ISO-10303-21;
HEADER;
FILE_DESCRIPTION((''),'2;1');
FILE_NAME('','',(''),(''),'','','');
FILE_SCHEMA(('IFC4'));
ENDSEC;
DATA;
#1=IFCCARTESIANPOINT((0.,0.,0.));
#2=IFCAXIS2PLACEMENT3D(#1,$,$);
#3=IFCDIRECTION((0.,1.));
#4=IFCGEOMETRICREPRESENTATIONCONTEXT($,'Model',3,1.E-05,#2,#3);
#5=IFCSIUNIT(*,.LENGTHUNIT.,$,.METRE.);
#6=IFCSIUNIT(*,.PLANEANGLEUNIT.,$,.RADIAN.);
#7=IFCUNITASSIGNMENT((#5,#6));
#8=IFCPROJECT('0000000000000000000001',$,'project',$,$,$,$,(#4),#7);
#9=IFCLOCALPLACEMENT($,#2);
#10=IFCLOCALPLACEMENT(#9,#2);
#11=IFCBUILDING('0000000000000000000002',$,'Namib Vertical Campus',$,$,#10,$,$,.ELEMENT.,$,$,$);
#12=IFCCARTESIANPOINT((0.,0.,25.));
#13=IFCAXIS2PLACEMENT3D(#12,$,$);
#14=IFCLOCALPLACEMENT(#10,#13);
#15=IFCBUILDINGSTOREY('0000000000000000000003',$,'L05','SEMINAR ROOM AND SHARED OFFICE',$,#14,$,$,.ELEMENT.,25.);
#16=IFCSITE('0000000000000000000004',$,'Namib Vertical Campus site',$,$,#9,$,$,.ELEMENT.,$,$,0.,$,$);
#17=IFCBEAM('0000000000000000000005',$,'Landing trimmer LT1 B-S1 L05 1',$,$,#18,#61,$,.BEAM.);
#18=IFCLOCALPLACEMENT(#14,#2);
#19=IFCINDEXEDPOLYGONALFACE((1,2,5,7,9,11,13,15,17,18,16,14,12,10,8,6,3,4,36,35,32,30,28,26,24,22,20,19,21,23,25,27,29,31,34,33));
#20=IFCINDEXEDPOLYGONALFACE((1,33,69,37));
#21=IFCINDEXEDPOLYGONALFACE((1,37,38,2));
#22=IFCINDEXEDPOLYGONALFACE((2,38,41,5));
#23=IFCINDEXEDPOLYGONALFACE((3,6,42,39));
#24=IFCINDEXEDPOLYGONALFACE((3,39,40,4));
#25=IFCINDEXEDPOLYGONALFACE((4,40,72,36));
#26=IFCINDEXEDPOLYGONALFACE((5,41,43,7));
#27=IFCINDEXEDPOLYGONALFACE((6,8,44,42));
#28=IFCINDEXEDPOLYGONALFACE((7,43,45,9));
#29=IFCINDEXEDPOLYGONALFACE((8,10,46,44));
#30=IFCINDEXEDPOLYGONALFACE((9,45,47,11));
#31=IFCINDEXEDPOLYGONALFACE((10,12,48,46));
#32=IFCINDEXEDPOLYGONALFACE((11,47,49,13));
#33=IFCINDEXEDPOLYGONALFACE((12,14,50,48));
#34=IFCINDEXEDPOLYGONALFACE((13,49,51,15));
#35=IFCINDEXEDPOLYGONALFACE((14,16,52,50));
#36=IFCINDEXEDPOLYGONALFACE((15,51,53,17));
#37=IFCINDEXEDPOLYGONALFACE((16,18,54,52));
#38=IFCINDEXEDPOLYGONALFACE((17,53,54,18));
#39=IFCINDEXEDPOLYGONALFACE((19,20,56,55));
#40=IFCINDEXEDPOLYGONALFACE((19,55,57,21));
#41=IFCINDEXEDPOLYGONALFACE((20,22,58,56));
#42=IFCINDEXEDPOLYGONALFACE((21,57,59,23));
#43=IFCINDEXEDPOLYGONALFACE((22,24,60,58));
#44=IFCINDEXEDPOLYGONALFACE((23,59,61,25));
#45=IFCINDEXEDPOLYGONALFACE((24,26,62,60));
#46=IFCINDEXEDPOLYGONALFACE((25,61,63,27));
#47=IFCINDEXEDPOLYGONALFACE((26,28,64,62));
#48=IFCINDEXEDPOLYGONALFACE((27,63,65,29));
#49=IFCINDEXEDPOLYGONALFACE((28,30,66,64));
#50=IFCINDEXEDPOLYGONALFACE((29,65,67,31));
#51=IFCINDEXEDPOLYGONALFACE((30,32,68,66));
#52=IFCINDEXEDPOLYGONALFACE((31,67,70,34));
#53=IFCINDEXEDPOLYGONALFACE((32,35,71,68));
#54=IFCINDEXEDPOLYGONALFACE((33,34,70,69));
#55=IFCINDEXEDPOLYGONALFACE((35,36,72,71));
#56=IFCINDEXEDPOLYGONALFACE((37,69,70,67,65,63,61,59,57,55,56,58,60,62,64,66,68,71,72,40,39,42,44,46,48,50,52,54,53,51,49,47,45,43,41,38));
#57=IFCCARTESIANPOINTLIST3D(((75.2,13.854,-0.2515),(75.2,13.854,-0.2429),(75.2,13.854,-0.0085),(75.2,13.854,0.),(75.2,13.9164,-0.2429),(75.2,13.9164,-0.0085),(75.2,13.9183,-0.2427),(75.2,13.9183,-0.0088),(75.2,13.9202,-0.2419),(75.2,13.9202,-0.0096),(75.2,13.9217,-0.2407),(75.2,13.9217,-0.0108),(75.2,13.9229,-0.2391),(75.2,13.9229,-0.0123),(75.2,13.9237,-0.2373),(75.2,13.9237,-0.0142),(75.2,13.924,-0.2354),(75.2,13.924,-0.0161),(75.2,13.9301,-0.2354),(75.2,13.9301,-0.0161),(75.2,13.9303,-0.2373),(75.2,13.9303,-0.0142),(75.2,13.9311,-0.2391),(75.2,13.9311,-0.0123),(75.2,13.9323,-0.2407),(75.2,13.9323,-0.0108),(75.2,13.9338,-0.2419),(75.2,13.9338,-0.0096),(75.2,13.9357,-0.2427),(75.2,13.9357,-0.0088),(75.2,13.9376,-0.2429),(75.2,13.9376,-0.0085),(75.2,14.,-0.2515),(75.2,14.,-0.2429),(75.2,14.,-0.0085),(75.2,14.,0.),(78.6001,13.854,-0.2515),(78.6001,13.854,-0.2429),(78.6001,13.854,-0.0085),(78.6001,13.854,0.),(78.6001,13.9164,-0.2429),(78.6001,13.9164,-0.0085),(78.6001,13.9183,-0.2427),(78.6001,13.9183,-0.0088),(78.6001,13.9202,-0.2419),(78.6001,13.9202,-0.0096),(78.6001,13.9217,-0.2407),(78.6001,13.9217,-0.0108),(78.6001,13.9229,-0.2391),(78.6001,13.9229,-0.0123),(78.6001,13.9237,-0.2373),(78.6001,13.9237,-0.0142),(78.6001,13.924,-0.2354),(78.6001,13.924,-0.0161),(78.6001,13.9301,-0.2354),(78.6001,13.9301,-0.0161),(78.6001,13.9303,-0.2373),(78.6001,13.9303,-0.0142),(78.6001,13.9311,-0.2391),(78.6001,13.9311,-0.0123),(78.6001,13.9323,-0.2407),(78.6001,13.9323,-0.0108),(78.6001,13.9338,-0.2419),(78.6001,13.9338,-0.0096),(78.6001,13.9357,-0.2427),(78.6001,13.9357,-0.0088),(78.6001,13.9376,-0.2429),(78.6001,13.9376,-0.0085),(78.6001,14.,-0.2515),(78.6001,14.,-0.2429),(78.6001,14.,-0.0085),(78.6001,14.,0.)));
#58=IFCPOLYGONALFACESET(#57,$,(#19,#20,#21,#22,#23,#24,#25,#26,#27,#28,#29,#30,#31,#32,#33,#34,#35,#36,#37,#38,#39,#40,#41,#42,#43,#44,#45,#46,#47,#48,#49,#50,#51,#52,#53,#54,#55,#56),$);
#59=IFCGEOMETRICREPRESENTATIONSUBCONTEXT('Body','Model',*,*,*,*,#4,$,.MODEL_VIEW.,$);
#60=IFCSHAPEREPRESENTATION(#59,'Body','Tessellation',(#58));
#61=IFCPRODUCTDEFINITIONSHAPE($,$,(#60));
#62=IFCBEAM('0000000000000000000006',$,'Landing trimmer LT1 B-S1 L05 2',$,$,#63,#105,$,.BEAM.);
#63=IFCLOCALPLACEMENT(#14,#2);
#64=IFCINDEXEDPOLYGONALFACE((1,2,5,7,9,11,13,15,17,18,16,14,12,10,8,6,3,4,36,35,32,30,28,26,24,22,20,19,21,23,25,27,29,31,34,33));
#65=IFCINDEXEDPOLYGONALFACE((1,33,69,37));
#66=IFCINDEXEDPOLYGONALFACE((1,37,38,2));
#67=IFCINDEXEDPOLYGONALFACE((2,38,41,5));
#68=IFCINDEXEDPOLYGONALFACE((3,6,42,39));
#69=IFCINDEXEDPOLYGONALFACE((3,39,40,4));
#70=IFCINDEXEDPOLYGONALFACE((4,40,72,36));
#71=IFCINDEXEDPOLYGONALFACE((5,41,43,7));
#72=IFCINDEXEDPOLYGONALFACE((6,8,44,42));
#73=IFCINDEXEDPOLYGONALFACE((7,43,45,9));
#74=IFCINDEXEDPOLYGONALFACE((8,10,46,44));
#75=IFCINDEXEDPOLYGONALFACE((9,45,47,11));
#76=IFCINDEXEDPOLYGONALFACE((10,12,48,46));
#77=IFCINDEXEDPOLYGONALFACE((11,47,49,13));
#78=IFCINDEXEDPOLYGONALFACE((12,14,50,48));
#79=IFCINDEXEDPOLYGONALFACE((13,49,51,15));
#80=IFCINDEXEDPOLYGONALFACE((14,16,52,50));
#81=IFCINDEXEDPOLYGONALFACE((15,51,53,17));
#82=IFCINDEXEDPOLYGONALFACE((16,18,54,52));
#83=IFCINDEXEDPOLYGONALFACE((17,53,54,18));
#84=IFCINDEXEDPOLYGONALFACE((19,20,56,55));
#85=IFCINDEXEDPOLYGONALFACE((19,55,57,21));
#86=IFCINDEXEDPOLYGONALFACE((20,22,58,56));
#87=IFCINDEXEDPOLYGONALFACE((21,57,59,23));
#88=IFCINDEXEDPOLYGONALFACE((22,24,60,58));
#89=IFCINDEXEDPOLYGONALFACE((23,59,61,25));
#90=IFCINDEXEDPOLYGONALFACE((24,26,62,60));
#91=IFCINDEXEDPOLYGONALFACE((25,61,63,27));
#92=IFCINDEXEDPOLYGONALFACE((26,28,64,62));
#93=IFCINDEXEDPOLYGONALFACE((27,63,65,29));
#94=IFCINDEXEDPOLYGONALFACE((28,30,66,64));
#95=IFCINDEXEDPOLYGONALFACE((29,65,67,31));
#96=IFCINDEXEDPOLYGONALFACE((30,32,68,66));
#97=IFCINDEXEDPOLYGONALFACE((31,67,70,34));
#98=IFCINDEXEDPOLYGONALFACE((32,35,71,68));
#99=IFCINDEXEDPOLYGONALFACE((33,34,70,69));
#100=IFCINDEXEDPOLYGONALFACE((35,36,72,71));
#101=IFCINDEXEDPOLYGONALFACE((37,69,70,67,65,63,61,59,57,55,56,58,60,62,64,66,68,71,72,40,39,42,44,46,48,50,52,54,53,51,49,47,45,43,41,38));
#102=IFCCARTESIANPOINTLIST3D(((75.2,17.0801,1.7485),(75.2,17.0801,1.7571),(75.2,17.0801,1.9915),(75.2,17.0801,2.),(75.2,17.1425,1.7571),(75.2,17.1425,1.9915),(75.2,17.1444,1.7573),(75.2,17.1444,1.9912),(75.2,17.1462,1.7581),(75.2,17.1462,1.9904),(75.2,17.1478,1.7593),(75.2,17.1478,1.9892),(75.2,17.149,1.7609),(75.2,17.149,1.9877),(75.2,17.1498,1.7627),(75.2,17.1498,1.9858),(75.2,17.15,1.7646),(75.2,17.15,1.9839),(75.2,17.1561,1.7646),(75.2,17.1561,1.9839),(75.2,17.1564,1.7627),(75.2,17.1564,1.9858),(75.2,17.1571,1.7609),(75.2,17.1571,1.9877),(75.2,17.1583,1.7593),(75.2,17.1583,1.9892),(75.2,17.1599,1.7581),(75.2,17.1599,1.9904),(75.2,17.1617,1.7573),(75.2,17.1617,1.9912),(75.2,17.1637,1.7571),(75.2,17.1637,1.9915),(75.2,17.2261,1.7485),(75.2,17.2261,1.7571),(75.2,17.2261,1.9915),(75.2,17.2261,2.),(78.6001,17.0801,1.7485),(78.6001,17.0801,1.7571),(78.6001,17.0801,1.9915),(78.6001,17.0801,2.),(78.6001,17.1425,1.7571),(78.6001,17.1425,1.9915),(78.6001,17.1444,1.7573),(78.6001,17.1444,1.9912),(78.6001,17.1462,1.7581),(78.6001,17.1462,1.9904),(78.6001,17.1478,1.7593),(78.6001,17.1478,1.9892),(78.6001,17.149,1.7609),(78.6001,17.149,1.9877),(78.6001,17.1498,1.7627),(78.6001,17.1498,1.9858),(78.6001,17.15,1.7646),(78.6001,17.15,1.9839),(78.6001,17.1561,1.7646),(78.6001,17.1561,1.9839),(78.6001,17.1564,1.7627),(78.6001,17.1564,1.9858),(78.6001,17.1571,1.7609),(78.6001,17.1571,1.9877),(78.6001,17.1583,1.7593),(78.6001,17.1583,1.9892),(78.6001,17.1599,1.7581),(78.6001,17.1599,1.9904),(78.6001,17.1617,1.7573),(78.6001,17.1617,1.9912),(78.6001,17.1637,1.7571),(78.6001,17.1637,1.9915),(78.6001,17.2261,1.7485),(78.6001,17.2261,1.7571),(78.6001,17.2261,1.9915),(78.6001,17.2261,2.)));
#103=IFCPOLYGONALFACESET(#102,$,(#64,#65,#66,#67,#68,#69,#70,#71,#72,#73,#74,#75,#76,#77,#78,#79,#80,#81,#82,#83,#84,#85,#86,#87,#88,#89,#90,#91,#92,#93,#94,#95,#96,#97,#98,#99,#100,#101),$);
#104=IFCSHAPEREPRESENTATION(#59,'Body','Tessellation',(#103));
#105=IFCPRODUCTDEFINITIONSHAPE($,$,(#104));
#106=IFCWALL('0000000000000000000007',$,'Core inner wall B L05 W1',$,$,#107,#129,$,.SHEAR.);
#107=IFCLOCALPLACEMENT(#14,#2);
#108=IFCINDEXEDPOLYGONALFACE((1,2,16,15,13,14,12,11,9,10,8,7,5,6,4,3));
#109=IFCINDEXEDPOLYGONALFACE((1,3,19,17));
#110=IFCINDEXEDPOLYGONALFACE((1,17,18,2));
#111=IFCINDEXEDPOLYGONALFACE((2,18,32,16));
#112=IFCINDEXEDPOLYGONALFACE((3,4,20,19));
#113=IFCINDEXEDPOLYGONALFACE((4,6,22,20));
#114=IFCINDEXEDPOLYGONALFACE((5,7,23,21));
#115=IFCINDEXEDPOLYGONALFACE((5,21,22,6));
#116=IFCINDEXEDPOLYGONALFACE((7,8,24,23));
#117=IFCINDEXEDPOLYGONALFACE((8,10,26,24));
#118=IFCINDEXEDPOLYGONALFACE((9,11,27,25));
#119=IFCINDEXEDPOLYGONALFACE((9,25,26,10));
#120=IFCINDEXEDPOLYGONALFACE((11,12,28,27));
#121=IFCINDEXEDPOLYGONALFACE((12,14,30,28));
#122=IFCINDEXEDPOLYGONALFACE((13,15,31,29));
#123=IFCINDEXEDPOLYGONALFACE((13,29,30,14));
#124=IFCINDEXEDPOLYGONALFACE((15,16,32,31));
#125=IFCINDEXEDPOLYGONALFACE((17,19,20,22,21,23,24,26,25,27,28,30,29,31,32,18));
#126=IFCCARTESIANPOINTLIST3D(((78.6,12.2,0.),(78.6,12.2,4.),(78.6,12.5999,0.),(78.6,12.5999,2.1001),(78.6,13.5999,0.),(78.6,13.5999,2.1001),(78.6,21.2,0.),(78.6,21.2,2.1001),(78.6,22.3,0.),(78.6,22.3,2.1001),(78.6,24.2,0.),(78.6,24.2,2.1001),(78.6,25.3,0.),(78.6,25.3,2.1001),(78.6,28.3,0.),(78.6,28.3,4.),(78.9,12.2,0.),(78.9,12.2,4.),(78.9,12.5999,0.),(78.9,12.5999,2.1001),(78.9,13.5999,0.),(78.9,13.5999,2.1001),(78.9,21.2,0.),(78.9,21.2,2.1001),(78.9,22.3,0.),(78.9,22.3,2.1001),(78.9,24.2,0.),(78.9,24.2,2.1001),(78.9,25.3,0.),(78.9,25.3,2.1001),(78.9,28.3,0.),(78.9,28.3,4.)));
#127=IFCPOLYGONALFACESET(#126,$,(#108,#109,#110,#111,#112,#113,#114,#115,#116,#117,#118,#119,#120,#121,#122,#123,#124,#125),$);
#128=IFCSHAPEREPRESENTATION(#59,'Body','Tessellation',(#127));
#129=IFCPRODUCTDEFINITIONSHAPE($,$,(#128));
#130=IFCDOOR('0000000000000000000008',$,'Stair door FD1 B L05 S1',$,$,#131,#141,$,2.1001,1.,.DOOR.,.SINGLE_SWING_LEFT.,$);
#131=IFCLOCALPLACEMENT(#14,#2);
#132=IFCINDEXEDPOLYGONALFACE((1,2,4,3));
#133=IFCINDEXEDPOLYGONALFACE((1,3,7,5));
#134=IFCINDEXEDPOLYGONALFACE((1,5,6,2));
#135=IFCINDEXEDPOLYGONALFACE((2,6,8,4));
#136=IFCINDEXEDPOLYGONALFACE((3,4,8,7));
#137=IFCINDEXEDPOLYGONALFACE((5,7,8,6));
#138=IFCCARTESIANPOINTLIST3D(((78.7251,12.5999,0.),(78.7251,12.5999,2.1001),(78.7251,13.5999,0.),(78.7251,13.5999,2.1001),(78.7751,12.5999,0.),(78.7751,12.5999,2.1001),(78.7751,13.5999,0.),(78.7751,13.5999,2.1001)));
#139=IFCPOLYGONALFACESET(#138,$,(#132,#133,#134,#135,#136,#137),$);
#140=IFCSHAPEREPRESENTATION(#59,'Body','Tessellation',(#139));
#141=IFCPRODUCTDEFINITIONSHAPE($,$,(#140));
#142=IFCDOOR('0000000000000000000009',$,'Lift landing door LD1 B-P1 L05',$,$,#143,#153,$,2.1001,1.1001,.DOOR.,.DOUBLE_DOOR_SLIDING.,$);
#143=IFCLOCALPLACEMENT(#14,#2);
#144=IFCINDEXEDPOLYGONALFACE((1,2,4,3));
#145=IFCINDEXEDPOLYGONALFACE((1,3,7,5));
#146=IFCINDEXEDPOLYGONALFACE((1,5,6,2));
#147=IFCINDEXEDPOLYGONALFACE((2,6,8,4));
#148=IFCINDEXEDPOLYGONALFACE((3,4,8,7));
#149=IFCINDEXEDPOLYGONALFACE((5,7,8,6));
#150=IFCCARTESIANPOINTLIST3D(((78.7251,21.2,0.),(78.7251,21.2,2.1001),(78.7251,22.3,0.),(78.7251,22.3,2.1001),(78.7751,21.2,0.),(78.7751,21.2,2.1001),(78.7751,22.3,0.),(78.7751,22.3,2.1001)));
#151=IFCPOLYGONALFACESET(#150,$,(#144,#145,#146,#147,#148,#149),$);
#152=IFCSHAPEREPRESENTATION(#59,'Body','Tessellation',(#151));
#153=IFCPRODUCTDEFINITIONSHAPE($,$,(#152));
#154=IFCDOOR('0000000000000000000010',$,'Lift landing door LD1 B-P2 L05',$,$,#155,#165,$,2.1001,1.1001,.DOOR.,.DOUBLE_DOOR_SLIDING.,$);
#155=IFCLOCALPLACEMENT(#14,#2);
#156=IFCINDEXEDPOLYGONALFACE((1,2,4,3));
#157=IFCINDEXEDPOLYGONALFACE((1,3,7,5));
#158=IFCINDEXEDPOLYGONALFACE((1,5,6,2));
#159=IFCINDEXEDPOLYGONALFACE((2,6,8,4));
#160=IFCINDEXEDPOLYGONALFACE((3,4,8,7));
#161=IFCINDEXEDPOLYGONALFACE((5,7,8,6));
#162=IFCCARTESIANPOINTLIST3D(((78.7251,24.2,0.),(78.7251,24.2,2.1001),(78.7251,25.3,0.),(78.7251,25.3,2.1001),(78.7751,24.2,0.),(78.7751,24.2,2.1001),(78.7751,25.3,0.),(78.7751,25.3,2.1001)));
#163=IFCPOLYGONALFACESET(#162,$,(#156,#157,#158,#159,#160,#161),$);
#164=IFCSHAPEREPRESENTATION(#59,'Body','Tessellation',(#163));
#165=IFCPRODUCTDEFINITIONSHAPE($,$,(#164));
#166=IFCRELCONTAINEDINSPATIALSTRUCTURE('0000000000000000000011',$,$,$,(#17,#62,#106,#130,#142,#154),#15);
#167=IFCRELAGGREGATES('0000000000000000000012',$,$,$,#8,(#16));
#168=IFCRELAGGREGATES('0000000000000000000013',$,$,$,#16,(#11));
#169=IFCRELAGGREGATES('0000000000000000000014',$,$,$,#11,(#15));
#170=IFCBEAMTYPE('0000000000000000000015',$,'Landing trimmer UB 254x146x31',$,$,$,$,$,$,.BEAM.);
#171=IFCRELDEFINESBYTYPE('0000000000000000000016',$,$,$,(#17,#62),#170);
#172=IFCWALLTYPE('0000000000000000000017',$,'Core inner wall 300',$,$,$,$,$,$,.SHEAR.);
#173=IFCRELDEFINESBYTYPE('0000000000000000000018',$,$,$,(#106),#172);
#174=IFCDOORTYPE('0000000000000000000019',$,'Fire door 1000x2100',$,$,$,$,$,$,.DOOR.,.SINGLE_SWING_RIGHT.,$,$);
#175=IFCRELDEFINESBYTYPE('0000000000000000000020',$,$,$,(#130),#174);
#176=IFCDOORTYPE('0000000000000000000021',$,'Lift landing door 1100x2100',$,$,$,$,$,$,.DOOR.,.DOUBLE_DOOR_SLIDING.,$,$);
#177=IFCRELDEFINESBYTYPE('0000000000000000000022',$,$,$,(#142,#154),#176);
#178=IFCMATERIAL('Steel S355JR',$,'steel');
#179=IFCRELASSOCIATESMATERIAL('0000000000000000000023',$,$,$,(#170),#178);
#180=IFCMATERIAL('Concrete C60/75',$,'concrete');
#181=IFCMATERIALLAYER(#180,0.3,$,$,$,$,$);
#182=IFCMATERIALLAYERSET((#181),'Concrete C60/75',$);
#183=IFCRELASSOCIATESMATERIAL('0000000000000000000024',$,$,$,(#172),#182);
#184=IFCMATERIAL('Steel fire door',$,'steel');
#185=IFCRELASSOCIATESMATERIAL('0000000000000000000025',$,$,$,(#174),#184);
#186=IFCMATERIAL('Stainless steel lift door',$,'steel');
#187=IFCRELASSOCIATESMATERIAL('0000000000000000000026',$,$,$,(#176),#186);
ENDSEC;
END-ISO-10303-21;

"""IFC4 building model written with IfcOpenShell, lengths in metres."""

from ifc_helpers import new_model, si_unit, direction, frame, frame_2d, origin, origin_2d, place, context, subcontext, project, spatial, rectangle, i_section, extrude, material, layer, layer_set, material_profile, profile_set, type_object, element, fill, save


model = new_model("IFC4")

# Units and contexts
model_context = context("Model", 3, precision=1e-05, world=origin(), true_north=direction((0.0, 1.0)))
body_context = subcontext(model_context, "Body", "Model", "MODEL_VIEW")
ifc_project = project(units=[si_unit("LENGTHUNIT", "METRE"), si_unit("PLANEANGLEUNIT", "RADIAN")], contexts=[model_context])

# Site, building, storey
site_placement = place(None, origin())
site = spatial("IfcSite", under=ifc_project, at=site_placement, Name="Namib Vertical Campus site", CompositionType="ELEMENT", RefElevation=0.0)
building_placement = place(site_placement, origin())
building = spatial("IfcBuilding", under=site, at=building_placement, Name="Namib Vertical Campus", CompositionType="ELEMENT")
storey_placement = place(building_placement, frame((0.0, 0.0, 25.0)))
storey = spatial("IfcBuildingStorey", under=building, at=storey_placement, Name="L05", Description="SEMINAR ROOM AND SHARED OFFICE", CompositionType="ELEMENT", Elevation=25.0)

# Beams
ifc_material_1 = material(Name="Steel S355JR", Category="steel")
ifc_material_profile = material_profile(ifc_material_1, i_section(OverallWidth=0.146, OverallDepth=0.2515, WebThickness=0.0061, FlangeThickness=0.0085, FilletRadius=0.0076, at=origin_2d()))
ifc_profile_set = profile_set([ifc_material_profile], Name="Steel S355JR")
beam_type = type_object("IfcBeamType", Name="Landing trimmer UB 254x146x31", PredefinedType="BEAM", material=ifc_profile_set)
for number, where, z_axis, x_axis, name in (
    (1, (75.2, 13.927, -0.1257), (1.0, 0.0, 0.0), (0.0, 1.0, 0.0), "Landing trimmer LT1 B-S1 L05 1"),
    (2, (75.2, 17.1531, 1.8743), (1.0, 0.0, 0.0), (0.0, 1.0, 0.0), "Landing trimmer LT1 B-S1 L05 2"),
):
    element("IfcBeam", number, at=place(storey_placement, frame(where, z_axis=z_axis, x_axis=x_axis)), inside=storey, type_object=beam_type, Name=name, PredefinedType="BEAM", context=body_context, shape_type="SweptSolid", body=[
        extrude(i_section(OverallWidth=0.146, OverallDepth=0.2515, WebThickness=0.0061, FlangeThickness=0.0085, FilletRadius=0.0076, at=origin_2d()), origin(), (0.0, 0.0, 1.0), 3.4001),
    ])

# Wall, openings, doors
ifc_material_2 = material(Name="Concrete C60/75", Category="concrete")
ifc_layer = layer(ifc_material_2, 0.3)
ifc_layer_set = layer_set([ifc_layer], Name="Concrete C60/75")
wall_type = type_object("IfcWallType", Name="Core inner wall 300", PredefinedType="SHEAR", material=ifc_layer_set)
wall_1_placement = place(storey_placement, frame((78.75, 12.2, 0.0), z_axis=(0.0, 0.0, 1.0), x_axis=(0.0, 1.0, 0.0)))
wall_1 = element("IfcWall", 3, at=wall_1_placement, inside=storey, type_object=wall_type, Name="Core inner wall B L05 W1", PredefinedType="SHEAR", context=body_context, shape_type="SweptSolid", body=[
    extrude(rectangle(XDim=16.1001, YDim=0.3, at=frame_2d((8.05, 0.0))), origin(), (0.0, 0.0, 1.0), 4.0),
])
opening_1_placement = place(wall_1_placement, frame((0.3999, 0.0, 0.0)))
opening_1 = element("IfcOpeningElement", 4, at=opening_1_placement, cuts=wall_1, PredefinedType="OPENING", context=body_context, shape_type="SweptSolid", body=[
    extrude(rectangle(XDim=1.0, YDim=2.1001, at=frame_2d((0.5, 1.05))), frame((0.0, 0.1599, 0.0), z_axis=(0.0, -1.0, 0.0), x_axis=(1.0, 0.0, 0.0)), (0.0, 0.0, 1.0), 0.3201),
])
opening_2_placement = place(wall_1_placement, frame((9.0, 0.0, 0.0)))
opening_2 = element("IfcOpeningElement", 5, at=opening_2_placement, cuts=wall_1, PredefinedType="OPENING", context=body_context, shape_type="SweptSolid", body=[
    extrude(rectangle(XDim=1.1001, YDim=2.1001, at=frame_2d((0.55, 1.05))), frame((0.0, 0.1599, 0.0), z_axis=(0.0, -1.0, 0.0), x_axis=(1.0, 0.0, 0.0)), (0.0, 0.0, 1.0), 0.3201),
])
opening_3_placement = place(wall_1_placement, frame((12.0, 0.0, 0.0)))
opening_3 = element("IfcOpeningElement", 6, at=opening_3_placement, cuts=wall_1, PredefinedType="OPENING", context=body_context, shape_type="SweptSolid", body=[
    extrude(rectangle(XDim=1.1001, YDim=2.1001, at=frame_2d((0.55, 1.05))), frame((0.0, 0.1599, 0.0), z_axis=(0.0, -1.0, 0.0), x_axis=(1.0, 0.0, 0.0)), (0.0, 0.0, 1.0), 0.3201),
])
ifc_material_3 = material(Name="Steel fire door", Category="steel")
door_type_1 = type_object("IfcDoorType", Name="Fire door 1000x2100", OperationType="SINGLE_SWING_RIGHT", PredefinedType="DOOR", material=ifc_material_3)
door_1_placement = place(opening_1_placement, origin())
door_1 = element("IfcDoor", 7, at=door_1_placement, inside=storey, type_object=door_type_1, Name="Stair door FD1 B L05 S1", OperationType="SINGLE_SWING_LEFT", OverallHeight=2.1001, OverallWidth=1.0, PredefinedType="DOOR", context=body_context, shape_type="SweptSolid", body=[
    extrude(rectangle(XDim=1.0, YDim=2.1001, at=frame_2d((0.5, 1.05))), frame((0.0, 0.0249, 0.0), z_axis=(0.0, -1.0, 0.0), x_axis=(1.0, 0.0, 0.0)), (0.0, 0.0, 1.0), 0.05),
])
fill(opening_1, door_1)
ifc_material_4 = material(Name="Stainless steel lift door", Category="steel")
door_type_2 = type_object("IfcDoorType", Name="Lift landing door 1100x2100", OperationType="DOUBLE_DOOR_SLIDING", PredefinedType="DOOR", material=ifc_material_4)
door_2_placement = place(opening_2_placement, origin())
door_2 = element("IfcDoor", 8, at=door_2_placement, inside=storey, type_object=door_type_2, Name="Lift landing door LD1 B-P1 L05", OperationType="DOUBLE_DOOR_SLIDING", OverallHeight=2.1001, OverallWidth=1.1001, PredefinedType="DOOR", context=body_context, shape_type="SweptSolid", body=[
    extrude(rectangle(XDim=1.1001, YDim=2.1001, at=frame_2d((0.55, 1.05))), frame((0.0, 0.0249, 0.0), z_axis=(0.0, -1.0, 0.0), x_axis=(1.0, 0.0, 0.0)), (0.0, 0.0, 1.0), 0.05),
])
fill(opening_2, door_2)
door_3_placement = place(opening_3_placement, origin())
door_3 = element("IfcDoor", 9, at=door_3_placement, inside=storey, type_object=door_type_2, Name="Lift landing door LD1 B-P2 L05", OperationType="DOUBLE_DOOR_SLIDING", OverallHeight=2.1001, OverallWidth=1.1001, PredefinedType="DOOR", context=body_context, shape_type="SweptSolid", body=[
    extrude(rectangle(XDim=1.1001, YDim=2.1001, at=frame_2d((0.55, 1.05))), frame((0.0, 0.0249, 0.0), z_axis=(0.0, -1.0, 0.0), x_axis=(1.0, 0.0, 0.0)), (0.0, 0.0, 1.0), 0.05),
])
fill(opening_3, door_3)

save(model, "model.ifc")
